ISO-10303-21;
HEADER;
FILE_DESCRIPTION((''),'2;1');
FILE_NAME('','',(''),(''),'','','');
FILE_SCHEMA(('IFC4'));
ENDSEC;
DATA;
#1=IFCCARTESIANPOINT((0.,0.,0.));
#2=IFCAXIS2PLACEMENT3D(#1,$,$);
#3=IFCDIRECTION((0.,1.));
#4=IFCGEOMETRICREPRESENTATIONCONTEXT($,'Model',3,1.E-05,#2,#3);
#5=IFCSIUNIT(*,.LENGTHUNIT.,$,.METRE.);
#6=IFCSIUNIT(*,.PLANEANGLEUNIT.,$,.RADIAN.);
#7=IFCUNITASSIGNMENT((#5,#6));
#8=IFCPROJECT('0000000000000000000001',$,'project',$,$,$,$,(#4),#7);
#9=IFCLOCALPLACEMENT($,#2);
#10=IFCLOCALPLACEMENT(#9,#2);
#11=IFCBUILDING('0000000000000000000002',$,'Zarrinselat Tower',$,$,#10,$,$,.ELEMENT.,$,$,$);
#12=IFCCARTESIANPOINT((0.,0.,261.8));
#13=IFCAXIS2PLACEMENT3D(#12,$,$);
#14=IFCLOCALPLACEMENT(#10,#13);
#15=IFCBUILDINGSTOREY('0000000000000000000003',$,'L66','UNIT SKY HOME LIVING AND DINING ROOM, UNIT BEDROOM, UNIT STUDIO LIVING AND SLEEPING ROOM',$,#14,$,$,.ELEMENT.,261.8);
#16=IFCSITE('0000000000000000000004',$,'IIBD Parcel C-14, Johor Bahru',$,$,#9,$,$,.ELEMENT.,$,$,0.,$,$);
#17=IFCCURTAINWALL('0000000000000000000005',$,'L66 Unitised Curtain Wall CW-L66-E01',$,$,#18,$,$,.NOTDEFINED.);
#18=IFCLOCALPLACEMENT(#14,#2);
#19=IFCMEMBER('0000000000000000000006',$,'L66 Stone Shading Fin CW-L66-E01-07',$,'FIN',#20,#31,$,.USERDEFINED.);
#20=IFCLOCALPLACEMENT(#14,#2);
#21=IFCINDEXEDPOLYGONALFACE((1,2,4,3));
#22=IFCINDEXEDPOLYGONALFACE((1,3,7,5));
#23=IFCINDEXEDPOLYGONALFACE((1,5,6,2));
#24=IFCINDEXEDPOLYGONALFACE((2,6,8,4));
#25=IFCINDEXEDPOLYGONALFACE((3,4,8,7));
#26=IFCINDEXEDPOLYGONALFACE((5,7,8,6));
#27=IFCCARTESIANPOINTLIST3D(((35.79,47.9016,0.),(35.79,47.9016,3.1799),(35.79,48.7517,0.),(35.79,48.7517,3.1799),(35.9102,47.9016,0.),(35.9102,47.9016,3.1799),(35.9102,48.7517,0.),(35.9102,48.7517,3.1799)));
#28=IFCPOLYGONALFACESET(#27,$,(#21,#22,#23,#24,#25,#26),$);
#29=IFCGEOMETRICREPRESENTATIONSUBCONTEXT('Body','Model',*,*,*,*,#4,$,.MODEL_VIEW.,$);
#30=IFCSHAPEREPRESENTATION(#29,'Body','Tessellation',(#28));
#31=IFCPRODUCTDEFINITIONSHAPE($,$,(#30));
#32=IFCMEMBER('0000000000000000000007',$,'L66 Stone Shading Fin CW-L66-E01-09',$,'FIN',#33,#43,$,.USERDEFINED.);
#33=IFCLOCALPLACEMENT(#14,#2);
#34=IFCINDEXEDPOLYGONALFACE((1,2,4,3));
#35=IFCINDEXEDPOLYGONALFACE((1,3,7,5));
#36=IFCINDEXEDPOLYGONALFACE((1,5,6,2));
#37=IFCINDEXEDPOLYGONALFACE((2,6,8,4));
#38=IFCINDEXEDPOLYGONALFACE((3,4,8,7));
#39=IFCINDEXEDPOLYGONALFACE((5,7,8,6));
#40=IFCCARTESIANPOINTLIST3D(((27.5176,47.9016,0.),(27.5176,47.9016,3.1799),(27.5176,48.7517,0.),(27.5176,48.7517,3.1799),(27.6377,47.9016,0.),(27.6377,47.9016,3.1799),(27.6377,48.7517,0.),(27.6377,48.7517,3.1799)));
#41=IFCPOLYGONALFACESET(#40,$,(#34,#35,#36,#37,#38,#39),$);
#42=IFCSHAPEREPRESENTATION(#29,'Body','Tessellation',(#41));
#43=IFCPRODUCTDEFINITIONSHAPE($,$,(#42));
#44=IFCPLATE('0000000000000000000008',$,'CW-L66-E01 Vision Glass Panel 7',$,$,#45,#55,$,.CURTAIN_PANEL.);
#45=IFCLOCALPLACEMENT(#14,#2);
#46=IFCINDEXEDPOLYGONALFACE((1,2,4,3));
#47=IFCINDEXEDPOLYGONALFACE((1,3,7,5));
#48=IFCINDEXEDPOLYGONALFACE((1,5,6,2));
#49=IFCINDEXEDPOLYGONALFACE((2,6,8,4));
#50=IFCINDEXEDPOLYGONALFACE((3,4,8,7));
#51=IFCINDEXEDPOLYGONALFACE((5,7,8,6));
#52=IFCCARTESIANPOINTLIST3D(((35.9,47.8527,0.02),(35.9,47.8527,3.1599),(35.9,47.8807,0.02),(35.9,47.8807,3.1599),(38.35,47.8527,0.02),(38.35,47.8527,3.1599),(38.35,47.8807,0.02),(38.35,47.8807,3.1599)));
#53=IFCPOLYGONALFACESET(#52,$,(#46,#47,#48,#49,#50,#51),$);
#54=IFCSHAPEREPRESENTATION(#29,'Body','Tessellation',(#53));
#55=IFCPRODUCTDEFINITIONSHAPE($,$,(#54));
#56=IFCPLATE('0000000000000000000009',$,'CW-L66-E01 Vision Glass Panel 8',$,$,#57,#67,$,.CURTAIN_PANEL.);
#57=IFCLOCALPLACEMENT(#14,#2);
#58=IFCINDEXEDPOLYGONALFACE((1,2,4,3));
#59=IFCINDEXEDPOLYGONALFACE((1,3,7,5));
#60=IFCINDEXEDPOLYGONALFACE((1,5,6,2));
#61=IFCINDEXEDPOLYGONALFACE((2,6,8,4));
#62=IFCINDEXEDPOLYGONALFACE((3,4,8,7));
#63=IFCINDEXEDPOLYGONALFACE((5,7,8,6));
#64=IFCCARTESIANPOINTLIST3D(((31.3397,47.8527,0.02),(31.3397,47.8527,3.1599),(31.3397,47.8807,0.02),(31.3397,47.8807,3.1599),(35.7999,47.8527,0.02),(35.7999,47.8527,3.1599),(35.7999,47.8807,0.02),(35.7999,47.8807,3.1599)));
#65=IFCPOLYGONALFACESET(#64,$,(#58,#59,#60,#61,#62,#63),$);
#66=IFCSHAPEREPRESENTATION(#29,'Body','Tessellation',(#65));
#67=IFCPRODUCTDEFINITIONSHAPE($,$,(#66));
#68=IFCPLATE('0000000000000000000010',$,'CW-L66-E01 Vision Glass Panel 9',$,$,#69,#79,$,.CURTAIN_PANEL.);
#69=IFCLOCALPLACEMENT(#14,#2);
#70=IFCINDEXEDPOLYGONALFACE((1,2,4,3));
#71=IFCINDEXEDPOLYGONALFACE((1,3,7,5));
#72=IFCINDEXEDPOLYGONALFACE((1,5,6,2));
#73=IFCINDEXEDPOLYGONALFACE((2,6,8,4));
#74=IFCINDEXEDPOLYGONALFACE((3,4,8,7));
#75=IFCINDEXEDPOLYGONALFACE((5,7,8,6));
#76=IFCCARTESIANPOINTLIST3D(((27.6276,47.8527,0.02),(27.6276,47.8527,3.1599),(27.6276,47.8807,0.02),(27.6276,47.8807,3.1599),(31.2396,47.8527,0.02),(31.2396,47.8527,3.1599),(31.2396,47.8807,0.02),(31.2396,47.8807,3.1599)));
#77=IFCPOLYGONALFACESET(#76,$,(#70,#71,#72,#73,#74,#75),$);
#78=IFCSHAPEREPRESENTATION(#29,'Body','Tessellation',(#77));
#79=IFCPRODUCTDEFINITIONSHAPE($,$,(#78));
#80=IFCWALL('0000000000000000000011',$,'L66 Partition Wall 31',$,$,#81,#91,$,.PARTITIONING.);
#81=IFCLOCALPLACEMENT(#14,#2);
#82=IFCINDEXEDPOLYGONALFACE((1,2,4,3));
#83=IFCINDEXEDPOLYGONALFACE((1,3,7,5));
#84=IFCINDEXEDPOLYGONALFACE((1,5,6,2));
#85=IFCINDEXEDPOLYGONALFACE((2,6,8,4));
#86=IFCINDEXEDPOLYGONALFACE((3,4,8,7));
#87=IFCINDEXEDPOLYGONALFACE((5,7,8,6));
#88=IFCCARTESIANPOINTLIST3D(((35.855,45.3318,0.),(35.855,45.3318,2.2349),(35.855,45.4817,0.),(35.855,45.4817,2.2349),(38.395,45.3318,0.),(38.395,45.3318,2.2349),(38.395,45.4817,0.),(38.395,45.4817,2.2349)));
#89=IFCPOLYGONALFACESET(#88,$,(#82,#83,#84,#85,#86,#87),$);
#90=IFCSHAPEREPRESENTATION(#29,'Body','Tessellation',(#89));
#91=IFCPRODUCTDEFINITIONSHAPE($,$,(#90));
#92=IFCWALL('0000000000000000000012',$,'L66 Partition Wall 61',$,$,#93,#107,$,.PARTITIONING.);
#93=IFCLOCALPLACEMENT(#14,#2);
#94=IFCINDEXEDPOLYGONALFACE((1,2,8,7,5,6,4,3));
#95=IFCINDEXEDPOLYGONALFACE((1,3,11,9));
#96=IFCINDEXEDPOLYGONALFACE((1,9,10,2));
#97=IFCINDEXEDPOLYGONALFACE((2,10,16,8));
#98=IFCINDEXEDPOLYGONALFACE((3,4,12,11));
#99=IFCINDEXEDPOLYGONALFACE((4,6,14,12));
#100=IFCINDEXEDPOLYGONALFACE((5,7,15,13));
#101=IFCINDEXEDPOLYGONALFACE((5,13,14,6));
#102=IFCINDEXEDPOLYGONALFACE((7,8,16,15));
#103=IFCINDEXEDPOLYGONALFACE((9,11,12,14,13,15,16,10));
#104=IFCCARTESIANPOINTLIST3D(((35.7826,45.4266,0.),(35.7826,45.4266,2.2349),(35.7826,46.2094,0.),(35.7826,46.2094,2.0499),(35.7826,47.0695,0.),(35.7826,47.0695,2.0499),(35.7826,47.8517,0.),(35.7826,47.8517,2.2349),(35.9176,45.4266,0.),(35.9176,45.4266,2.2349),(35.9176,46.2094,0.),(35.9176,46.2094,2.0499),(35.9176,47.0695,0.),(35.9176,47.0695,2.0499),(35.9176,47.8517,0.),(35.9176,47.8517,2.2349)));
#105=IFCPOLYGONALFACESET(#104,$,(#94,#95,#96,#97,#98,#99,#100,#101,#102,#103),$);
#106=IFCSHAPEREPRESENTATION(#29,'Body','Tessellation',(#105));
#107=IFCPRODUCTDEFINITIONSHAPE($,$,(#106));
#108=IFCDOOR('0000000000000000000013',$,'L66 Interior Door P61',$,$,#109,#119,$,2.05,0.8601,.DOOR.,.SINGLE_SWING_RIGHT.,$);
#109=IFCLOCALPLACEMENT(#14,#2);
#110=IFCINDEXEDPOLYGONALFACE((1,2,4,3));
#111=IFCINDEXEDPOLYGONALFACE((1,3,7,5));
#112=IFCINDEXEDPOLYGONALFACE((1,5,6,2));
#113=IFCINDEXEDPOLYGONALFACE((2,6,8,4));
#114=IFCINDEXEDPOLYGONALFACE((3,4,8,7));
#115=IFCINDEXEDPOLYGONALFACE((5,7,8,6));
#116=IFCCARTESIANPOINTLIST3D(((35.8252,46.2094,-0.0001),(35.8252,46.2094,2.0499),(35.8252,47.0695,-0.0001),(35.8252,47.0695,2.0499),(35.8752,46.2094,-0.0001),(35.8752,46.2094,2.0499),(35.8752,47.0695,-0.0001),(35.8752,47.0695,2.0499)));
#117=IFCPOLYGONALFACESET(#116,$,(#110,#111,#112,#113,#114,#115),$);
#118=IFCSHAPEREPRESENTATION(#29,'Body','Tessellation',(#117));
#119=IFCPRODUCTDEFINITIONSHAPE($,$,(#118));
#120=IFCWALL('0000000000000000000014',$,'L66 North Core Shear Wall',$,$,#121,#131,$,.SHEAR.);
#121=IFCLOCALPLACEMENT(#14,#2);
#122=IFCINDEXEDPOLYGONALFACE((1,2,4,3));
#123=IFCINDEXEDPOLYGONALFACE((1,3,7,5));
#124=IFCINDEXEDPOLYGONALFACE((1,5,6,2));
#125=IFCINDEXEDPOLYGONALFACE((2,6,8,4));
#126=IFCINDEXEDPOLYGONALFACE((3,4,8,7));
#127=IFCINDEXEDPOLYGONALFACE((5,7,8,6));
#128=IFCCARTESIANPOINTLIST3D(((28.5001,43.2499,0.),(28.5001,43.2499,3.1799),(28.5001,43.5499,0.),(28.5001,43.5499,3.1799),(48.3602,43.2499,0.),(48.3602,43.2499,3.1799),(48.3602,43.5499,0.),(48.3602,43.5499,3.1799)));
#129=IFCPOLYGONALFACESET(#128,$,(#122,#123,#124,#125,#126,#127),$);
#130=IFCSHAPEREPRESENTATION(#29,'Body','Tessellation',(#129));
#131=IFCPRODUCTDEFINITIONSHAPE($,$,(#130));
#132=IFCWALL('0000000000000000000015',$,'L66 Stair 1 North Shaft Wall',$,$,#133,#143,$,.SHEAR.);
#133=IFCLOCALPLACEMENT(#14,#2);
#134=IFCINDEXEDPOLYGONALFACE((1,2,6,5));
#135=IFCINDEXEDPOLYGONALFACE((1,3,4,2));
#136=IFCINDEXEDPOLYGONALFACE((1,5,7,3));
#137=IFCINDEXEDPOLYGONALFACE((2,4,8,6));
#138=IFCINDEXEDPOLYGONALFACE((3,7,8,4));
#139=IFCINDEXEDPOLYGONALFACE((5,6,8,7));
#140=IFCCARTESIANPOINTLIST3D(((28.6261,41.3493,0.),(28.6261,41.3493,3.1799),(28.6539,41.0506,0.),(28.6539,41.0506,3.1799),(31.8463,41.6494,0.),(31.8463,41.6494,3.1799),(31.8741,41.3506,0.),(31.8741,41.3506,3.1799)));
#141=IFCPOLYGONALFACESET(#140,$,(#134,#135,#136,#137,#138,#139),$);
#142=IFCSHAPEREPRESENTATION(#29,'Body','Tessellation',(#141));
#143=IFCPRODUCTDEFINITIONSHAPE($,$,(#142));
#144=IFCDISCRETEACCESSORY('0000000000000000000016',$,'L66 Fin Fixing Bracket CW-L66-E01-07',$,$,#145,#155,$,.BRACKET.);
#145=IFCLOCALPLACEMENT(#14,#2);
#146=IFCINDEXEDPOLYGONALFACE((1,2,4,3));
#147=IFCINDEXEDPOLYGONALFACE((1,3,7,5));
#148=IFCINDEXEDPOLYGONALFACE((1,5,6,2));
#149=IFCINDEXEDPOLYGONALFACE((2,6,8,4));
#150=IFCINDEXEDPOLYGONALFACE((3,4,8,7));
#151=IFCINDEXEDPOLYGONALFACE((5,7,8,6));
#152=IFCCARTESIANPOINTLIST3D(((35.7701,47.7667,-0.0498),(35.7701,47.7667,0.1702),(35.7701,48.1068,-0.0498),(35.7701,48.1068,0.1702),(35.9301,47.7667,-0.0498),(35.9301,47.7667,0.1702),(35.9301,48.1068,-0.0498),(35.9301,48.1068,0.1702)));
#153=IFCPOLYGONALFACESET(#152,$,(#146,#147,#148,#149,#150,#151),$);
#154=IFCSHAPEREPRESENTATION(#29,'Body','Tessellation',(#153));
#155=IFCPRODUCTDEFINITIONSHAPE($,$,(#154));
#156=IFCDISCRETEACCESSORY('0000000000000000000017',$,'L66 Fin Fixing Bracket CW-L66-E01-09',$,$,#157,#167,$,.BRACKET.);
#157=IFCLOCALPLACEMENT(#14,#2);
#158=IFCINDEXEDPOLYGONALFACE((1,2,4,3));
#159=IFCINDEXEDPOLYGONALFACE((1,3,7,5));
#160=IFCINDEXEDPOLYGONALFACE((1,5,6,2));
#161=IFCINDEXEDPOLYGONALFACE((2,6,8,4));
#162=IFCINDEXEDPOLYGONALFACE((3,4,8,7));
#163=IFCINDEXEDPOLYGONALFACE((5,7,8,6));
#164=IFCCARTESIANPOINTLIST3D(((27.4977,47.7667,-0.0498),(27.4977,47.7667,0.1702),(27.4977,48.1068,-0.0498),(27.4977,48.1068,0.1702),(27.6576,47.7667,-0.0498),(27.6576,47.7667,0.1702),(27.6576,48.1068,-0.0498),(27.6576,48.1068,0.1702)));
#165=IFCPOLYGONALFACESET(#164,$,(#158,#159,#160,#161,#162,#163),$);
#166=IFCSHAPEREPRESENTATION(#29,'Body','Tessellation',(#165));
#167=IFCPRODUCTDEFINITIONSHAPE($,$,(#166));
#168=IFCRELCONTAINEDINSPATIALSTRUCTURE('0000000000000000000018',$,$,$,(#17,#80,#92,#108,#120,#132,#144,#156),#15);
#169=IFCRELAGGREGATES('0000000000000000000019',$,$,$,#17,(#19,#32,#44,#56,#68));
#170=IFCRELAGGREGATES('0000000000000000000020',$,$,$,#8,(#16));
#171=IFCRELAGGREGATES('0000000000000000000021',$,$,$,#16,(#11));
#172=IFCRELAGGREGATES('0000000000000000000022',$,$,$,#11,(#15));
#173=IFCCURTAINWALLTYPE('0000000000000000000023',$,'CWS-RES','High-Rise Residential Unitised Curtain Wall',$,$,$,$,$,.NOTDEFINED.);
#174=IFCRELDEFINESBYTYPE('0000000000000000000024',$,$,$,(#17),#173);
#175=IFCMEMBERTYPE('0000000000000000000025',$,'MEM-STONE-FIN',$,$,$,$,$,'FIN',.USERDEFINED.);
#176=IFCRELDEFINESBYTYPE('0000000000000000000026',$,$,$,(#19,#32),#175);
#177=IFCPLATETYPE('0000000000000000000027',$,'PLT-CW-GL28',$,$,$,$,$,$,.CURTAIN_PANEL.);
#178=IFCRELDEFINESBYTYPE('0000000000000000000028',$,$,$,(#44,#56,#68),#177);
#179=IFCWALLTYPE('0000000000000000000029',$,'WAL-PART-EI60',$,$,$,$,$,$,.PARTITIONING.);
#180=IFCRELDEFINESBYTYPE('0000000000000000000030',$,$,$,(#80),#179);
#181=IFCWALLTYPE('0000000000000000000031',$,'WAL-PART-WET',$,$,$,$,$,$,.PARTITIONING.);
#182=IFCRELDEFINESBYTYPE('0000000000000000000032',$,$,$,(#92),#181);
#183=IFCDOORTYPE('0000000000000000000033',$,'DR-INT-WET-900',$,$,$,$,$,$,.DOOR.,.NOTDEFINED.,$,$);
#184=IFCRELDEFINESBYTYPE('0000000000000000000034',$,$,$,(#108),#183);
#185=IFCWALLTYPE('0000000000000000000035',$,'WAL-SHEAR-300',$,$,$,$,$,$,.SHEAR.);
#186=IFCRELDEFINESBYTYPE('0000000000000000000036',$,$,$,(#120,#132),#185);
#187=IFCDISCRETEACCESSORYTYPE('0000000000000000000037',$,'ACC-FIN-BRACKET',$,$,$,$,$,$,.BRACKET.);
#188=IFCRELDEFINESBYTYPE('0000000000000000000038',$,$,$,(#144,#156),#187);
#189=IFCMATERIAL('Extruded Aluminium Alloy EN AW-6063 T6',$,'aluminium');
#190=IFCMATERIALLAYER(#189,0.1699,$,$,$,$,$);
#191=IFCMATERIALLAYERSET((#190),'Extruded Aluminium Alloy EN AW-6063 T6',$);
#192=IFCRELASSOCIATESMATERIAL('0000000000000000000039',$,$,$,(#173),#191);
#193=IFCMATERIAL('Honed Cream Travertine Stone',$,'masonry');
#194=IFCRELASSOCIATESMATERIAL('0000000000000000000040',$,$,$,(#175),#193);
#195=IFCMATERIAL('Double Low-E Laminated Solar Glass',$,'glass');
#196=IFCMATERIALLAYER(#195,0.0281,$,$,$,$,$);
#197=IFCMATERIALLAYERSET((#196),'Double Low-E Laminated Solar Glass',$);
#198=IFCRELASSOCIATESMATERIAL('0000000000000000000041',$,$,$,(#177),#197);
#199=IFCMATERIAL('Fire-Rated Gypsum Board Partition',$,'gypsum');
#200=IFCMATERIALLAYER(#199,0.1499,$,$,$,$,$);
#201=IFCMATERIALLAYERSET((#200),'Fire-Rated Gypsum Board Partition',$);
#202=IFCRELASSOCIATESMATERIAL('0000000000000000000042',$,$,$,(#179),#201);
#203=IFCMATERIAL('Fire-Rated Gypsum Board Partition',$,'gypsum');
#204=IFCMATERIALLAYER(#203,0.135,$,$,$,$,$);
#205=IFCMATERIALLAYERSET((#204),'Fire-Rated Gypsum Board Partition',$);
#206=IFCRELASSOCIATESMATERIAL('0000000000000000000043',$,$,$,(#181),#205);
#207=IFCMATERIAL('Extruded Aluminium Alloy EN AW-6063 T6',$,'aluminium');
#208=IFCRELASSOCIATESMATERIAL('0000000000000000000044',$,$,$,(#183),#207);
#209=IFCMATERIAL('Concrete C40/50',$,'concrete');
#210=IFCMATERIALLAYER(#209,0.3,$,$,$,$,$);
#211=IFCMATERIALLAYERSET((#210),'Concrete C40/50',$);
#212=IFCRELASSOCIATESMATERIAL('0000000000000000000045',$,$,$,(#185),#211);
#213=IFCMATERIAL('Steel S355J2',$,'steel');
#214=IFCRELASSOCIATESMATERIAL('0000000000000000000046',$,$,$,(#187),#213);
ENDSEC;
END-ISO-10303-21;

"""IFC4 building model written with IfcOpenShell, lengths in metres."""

from ifc_helpers import new_model, si_unit, direction, frame, frame_2d, origin, origin_2d, place, context, subcontext, project, spatial, rectangle, extrude, material, layer, layer_set, material_profile, profile_set, type_object, element, fill, aggregate, save


model = new_model("IFC4")

# Units and contexts
model_context = context("Model", 3, precision=1e-05, world=origin(), true_north=direction((0.0, 1.0)))
body_context = subcontext(model_context, "Body", "Model", "MODEL_VIEW")
ifc_project = project(units=[si_unit("LENGTHUNIT", "METRE"), si_unit("PLANEANGLEUNIT", "RADIAN")], contexts=[model_context])

# Site, building, storey
site_placement = place(None, origin())
site = spatial("IfcSite", under=ifc_project, at=site_placement, Name="IIBD Parcel C-14, Johor Bahru", CompositionType="ELEMENT", RefElevation=0.0)
building_placement = place(site_placement, origin())
building = spatial("IfcBuilding", under=site, at=building_placement, Name="Zarrinselat Tower", CompositionType="ELEMENT")
storey_placement = place(building_placement, frame((0.0, 0.0, 261.8)))
storey = spatial("IfcBuildingStorey", under=building, at=storey_placement, Name="L66", Description="UNIT SKY HOME LIVING AND DINING ROOM, UNIT BEDROOM, UNIT STUDIO LIVING AND SLEEPING ROOM", CompositionType="ELEMENT", Elevation=261.8)

# Curtain wall, members, plates
ifc_material_1 = material(Name="Extruded Aluminium Alloy EN AW-6063 T6", Category="aluminium")
ifc_layer_1 = layer(ifc_material_1, 0.1699)
ifc_layer_set_1 = layer_set([ifc_layer_1], Name="Extruded Aluminium Alloy EN AW-6063 T6")
curtain_wall_type = type_object("IfcCurtainWallType", Name="CWS-RES", Description="High-Rise Residential Unitised Curtain Wall", PredefinedType="NOTDEFINED", material=ifc_layer_set_1)
curtain_wall_placement = place(storey_placement, origin())
curtain_wall = element("IfcCurtainWall", 1, at=curtain_wall_placement, inside=storey, type_object=curtain_wall_type, Name="L66 Unitised Curtain Wall CW-L66-E01", PredefinedType="NOTDEFINED")
ifc_material_2 = material(Name="Honed Cream Travertine Stone", Category="masonry")
ifc_material_profile_1 = material_profile(ifc_material_2, rectangle(XDim=0.1201, YDim=0.8501, at=origin_2d()), Name="FIN 850x120")
ifc_profile_set_1 = profile_set([ifc_material_profile_1], Name="Honed Cream Travertine Stone")
member_type_1 = type_object("IfcMemberType", Name="MEM-STONE-FIN", ElementType="FIN", PredefinedType="USERDEFINED", material=ifc_profile_set_1)
member_1_placement = place(storey_placement, frame((35.8501, 48.3267, 0.0), z_axis=(0.0, 0.0, 1.0), x_axis=(1.0, 0.0, 0.0)))
member_1 = element("IfcMember", 2, at=member_1_placement, type_object=member_type_1, Name="L66 Stone Shading Fin CW-L66-E01-07", ObjectType="FIN", PredefinedType="USERDEFINED", context=body_context, shape_type="SweptSolid", body=[
    extrude(rectangle(XDim=0.1201, YDim=0.8501, at=origin_2d()), origin(), (0.0, 0.0, 1.0), 3.1799),
])
member_2_placement = place(storey_placement, frame((27.5776, 48.3267, 0.0), z_axis=(0.0, 0.0, 1.0), x_axis=(1.0, 0.0, 0.0)))
member_2 = element("IfcMember", 3, at=member_2_placement, type_object=member_type_1, Name="L66 Stone Shading Fin CW-L66-E01-09", ObjectType="FIN", PredefinedType="USERDEFINED", context=body_context, shape_type="SweptSolid", body=[
    extrude(rectangle(XDim=0.1201, YDim=0.8501, at=origin_2d()), origin(), (0.0, 0.0, 1.0), 3.1799),
])
ifc_material_3 = material(Name="Double Low-E Laminated Solar Glass", Category="glass")
ifc_layer_2 = layer(ifc_material_3, 0.0281)
ifc_layer_set_2 = layer_set([ifc_layer_2], Name="Double Low-E Laminated Solar Glass")
plate_type = type_object("IfcPlateType", Name="PLT-CW-GL28", PredefinedType="CURTAIN_PANEL", material=ifc_layer_set_2)
plate_1_placement = place(storey_placement, frame((37.125, 47.8667, 0.02), z_axis=(0.0, 0.0, 1.0), x_axis=(-1.0, 0.0, 0.0)))
plate_1 = element("IfcPlate", 4, at=plate_1_placement, type_object=plate_type, Name="CW-L66-E01 Vision Glass Panel 7", PredefinedType="CURTAIN_PANEL", context=body_context, shape_type="SweptSolid", body=[
    extrude(rectangle(XDim=2.45, YDim=0.0281, at=origin_2d()), origin(), (0.0, 0.0, 1.0), 3.1399),
])
plate_2_placement = place(storey_placement, frame((33.5698, 47.8667, 0.02), z_axis=(0.0, 0.0, 1.0), x_axis=(-1.0, 0.0, 0.0)))
plate_2 = element("IfcPlate", 5, at=plate_2_placement, type_object=plate_type, Name="CW-L66-E01 Vision Glass Panel 8", PredefinedType="CURTAIN_PANEL", context=body_context, shape_type="SweptSolid", body=[
    extrude(rectangle(XDim=4.4602, YDim=0.0281, at=origin_2d()), origin(), (0.0, 0.0, 1.0), 3.1399),
])
plate_3_placement = place(storey_placement, frame((29.4336, 47.8667, 0.02), z_axis=(0.0, 0.0, 1.0), x_axis=(-1.0, 0.0, 0.0)))
plate_3 = element("IfcPlate", 6, at=plate_3_placement, type_object=plate_type, Name="CW-L66-E01 Vision Glass Panel 9", PredefinedType="CURTAIN_PANEL", context=body_context, shape_type="SweptSolid", body=[
    extrude(rectangle(XDim=3.6121, YDim=0.0281, at=origin_2d()), origin(), (0.0, 0.0, 1.0), 3.1399),
])
aggregate(curtain_wall, [member_1, member_2, plate_1, plate_2, plate_3])

# Wall
ifc_material_4 = material(Name="Fire-Rated Gypsum Board Partition", Category="gypsum")
ifc_layer_3 = layer(ifc_material_4, 0.1499)
ifc_layer_set_3 = layer_set([ifc_layer_3], Name="Fire-Rated Gypsum Board Partition")
wall_type_1 = type_object("IfcWallType", Name="WAL-PART-EI60", PredefinedType="PARTITIONING", material=ifc_layer_set_3)
wall_1_placement = place(storey_placement, frame((35.855, 45.4067, 0.0), z_axis=(0.0, 0.0, 1.0), x_axis=(1.0, 0.0, 0.0)))
element("IfcWall", 7, at=wall_1_placement, inside=storey, type_object=wall_type_1, Name="L66 Partition Wall 31", PredefinedType="PARTITIONING", context=body_context, shape_type="SweptSolid", body=[
    extrude(rectangle(XDim=2.54, YDim=0.1499, at=frame_2d((1.27, 0.0))), origin(), (0.0, 0.0, 1.0), 2.2349),
])

# Wall, opening, door
ifc_material_5 = material(Name="Fire-Rated Gypsum Board Partition", Category="gypsum")
ifc_layer_4 = layer(ifc_material_5, 0.135)
ifc_layer_set_4 = layer_set([ifc_layer_4], Name="Fire-Rated Gypsum Board Partition")
wall_type_2 = type_object("IfcWallType", Name="WAL-PART-WET", PredefinedType="PARTITIONING", material=ifc_layer_set_4)
wall_2_placement = place(storey_placement, frame((35.8501, 45.4268, 0.0), z_axis=(0.0, 0.0, 1.0), x_axis=(0.0, 1.0, 0.0)))
wall_2 = element("IfcWall", 8, at=wall_2_placement, inside=storey, type_object=wall_type_2, Name="L66 Partition Wall 61", PredefinedType="PARTITIONING", context=body_context, shape_type="SweptSolid", body=[
    extrude(rectangle(XDim=2.425, YDim=0.135, at=frame_2d((1.2124, 0.0))), origin(), (0.0, 0.0, 1.0), 2.2349),
])
opening_placement = place(wall_2_placement, frame((0.7825, 0.0, 0.0)))
opening = element("IfcOpeningElement", 9, at=opening_placement, cuts=wall_2, PredefinedType="OPENING", context=body_context, shape_type="SweptSolid", body=[
    extrude(rectangle(XDim=0.8601, YDim=2.05, at=frame_2d((0.4302, 1.0249))), frame((0.0, 0.0774, 0.0), z_axis=(0.0, -1.0, 0.0), x_axis=(1.0, 0.0, 0.0)), (0.0, 0.0, 1.0), 0.155),
])
ifc_material_6 = material(Name="Extruded Aluminium Alloy EN AW-6063 T6", Category="aluminium")
door_type = type_object("IfcDoorType", Name="DR-INT-WET-900", OperationType="NOTDEFINED", PredefinedType="DOOR", material=ifc_material_6)
door_placement = place(opening_placement, origin())
door = element("IfcDoor", 10, at=door_placement, inside=storey, type_object=door_type, Name="L66 Interior Door P61", OperationType="SINGLE_SWING_RIGHT", OverallHeight=2.05, OverallWidth=0.8601, PredefinedType="DOOR", context=body_context, shape_type="SweptSolid", body=[
    extrude(rectangle(XDim=0.8601, YDim=2.05, at=frame_2d((0.4302, 1.0249))), frame((0.0, 0.0249, 0.0), z_axis=(0.0, -1.0, 0.0), x_axis=(1.0, 0.0, 0.0)), (0.0, 0.0, 1.0), 0.05),
])
fill(opening, door)

# Walls
ifc_material_7 = material(Name="Concrete C40/50", Category="concrete")
ifc_layer_5 = layer(ifc_material_7, 0.3)
ifc_layer_set_5 = layer_set([ifc_layer_5], Name="Concrete C40/50")
wall_type_3 = type_object("IfcWallType", Name="WAL-SHEAR-300", PredefinedType="SHEAR", material=ifc_layer_set_5)
wall_3_placement = place(storey_placement, frame((28.5, 43.3999, 0.0), z_axis=(0.0, 0.0, 1.0), x_axis=(1.0, 0.0, 0.0)))
element("IfcWall", 11, at=wall_3_placement, inside=storey, type_object=wall_type_3, Name="L66 North Core Shear Wall", PredefinedType="SHEAR", context=body_context, shape_type="SweptSolid", body=[
    extrude(rectangle(XDim=19.8601, YDim=0.3, at=frame_2d((9.9302, 0.0))), origin(), (0.0, 0.0, 1.0), 3.1799),
])
wall_4_placement = place(storey_placement, frame((28.6399, 41.2, 0.0), z_axis=(0.0, 0.0, 1.0), x_axis=(0.995687, 0.092775, 0.0)))
element("IfcWall", 12, at=wall_4_placement, inside=storey, type_object=wall_type_3, Name="L66 Stair 1 North Shaft Wall", PredefinedType="SHEAR", context=body_context, shape_type="SweptSolid", body=[
    extrude(rectangle(XDim=3.2341, YDim=0.3, at=frame_2d((1.6172, 0.0))), origin(), (0.0, 0.0, 1.0), 3.1799),
])

# Discrete accessories
ifc_material_8 = material(Name="Steel S355J2", Category="steel")
discrete_accessory_type = type_object("IfcDiscreteAccessoryType", Name="ACC-FIN-BRACKET", PredefinedType="BRACKET", material=ifc_material_8)
for number, where, z_axis, x_axis, name in (
    (13, (35.8501, 47.9368, -0.0498), (0.0, 0.0, 1.0), (0.0, 1.0, 0.0), "L66 Fin Fixing Bracket CW-L66-E01-07"),
    (14, (27.5776, 47.9368, -0.0498), (0.0, 0.0, 1.0), (0.0, 1.0, 0.0), "L66 Fin Fixing Bracket CW-L66-E01-09"),
):
    element("IfcDiscreteAccessory", number, at=place(storey_placement, frame(where, z_axis=z_axis, x_axis=x_axis)), inside=storey, type_object=discrete_accessory_type, Name=name, PredefinedType="BRACKET", context=body_context, shape_type="SweptSolid", body=[
        extrude(rectangle(XDim=0.3401, YDim=0.1599, at=origin_2d()), origin(), (0.0, 0.0, 1.0), 0.22),
    ])

save(model, "model.ifc")
